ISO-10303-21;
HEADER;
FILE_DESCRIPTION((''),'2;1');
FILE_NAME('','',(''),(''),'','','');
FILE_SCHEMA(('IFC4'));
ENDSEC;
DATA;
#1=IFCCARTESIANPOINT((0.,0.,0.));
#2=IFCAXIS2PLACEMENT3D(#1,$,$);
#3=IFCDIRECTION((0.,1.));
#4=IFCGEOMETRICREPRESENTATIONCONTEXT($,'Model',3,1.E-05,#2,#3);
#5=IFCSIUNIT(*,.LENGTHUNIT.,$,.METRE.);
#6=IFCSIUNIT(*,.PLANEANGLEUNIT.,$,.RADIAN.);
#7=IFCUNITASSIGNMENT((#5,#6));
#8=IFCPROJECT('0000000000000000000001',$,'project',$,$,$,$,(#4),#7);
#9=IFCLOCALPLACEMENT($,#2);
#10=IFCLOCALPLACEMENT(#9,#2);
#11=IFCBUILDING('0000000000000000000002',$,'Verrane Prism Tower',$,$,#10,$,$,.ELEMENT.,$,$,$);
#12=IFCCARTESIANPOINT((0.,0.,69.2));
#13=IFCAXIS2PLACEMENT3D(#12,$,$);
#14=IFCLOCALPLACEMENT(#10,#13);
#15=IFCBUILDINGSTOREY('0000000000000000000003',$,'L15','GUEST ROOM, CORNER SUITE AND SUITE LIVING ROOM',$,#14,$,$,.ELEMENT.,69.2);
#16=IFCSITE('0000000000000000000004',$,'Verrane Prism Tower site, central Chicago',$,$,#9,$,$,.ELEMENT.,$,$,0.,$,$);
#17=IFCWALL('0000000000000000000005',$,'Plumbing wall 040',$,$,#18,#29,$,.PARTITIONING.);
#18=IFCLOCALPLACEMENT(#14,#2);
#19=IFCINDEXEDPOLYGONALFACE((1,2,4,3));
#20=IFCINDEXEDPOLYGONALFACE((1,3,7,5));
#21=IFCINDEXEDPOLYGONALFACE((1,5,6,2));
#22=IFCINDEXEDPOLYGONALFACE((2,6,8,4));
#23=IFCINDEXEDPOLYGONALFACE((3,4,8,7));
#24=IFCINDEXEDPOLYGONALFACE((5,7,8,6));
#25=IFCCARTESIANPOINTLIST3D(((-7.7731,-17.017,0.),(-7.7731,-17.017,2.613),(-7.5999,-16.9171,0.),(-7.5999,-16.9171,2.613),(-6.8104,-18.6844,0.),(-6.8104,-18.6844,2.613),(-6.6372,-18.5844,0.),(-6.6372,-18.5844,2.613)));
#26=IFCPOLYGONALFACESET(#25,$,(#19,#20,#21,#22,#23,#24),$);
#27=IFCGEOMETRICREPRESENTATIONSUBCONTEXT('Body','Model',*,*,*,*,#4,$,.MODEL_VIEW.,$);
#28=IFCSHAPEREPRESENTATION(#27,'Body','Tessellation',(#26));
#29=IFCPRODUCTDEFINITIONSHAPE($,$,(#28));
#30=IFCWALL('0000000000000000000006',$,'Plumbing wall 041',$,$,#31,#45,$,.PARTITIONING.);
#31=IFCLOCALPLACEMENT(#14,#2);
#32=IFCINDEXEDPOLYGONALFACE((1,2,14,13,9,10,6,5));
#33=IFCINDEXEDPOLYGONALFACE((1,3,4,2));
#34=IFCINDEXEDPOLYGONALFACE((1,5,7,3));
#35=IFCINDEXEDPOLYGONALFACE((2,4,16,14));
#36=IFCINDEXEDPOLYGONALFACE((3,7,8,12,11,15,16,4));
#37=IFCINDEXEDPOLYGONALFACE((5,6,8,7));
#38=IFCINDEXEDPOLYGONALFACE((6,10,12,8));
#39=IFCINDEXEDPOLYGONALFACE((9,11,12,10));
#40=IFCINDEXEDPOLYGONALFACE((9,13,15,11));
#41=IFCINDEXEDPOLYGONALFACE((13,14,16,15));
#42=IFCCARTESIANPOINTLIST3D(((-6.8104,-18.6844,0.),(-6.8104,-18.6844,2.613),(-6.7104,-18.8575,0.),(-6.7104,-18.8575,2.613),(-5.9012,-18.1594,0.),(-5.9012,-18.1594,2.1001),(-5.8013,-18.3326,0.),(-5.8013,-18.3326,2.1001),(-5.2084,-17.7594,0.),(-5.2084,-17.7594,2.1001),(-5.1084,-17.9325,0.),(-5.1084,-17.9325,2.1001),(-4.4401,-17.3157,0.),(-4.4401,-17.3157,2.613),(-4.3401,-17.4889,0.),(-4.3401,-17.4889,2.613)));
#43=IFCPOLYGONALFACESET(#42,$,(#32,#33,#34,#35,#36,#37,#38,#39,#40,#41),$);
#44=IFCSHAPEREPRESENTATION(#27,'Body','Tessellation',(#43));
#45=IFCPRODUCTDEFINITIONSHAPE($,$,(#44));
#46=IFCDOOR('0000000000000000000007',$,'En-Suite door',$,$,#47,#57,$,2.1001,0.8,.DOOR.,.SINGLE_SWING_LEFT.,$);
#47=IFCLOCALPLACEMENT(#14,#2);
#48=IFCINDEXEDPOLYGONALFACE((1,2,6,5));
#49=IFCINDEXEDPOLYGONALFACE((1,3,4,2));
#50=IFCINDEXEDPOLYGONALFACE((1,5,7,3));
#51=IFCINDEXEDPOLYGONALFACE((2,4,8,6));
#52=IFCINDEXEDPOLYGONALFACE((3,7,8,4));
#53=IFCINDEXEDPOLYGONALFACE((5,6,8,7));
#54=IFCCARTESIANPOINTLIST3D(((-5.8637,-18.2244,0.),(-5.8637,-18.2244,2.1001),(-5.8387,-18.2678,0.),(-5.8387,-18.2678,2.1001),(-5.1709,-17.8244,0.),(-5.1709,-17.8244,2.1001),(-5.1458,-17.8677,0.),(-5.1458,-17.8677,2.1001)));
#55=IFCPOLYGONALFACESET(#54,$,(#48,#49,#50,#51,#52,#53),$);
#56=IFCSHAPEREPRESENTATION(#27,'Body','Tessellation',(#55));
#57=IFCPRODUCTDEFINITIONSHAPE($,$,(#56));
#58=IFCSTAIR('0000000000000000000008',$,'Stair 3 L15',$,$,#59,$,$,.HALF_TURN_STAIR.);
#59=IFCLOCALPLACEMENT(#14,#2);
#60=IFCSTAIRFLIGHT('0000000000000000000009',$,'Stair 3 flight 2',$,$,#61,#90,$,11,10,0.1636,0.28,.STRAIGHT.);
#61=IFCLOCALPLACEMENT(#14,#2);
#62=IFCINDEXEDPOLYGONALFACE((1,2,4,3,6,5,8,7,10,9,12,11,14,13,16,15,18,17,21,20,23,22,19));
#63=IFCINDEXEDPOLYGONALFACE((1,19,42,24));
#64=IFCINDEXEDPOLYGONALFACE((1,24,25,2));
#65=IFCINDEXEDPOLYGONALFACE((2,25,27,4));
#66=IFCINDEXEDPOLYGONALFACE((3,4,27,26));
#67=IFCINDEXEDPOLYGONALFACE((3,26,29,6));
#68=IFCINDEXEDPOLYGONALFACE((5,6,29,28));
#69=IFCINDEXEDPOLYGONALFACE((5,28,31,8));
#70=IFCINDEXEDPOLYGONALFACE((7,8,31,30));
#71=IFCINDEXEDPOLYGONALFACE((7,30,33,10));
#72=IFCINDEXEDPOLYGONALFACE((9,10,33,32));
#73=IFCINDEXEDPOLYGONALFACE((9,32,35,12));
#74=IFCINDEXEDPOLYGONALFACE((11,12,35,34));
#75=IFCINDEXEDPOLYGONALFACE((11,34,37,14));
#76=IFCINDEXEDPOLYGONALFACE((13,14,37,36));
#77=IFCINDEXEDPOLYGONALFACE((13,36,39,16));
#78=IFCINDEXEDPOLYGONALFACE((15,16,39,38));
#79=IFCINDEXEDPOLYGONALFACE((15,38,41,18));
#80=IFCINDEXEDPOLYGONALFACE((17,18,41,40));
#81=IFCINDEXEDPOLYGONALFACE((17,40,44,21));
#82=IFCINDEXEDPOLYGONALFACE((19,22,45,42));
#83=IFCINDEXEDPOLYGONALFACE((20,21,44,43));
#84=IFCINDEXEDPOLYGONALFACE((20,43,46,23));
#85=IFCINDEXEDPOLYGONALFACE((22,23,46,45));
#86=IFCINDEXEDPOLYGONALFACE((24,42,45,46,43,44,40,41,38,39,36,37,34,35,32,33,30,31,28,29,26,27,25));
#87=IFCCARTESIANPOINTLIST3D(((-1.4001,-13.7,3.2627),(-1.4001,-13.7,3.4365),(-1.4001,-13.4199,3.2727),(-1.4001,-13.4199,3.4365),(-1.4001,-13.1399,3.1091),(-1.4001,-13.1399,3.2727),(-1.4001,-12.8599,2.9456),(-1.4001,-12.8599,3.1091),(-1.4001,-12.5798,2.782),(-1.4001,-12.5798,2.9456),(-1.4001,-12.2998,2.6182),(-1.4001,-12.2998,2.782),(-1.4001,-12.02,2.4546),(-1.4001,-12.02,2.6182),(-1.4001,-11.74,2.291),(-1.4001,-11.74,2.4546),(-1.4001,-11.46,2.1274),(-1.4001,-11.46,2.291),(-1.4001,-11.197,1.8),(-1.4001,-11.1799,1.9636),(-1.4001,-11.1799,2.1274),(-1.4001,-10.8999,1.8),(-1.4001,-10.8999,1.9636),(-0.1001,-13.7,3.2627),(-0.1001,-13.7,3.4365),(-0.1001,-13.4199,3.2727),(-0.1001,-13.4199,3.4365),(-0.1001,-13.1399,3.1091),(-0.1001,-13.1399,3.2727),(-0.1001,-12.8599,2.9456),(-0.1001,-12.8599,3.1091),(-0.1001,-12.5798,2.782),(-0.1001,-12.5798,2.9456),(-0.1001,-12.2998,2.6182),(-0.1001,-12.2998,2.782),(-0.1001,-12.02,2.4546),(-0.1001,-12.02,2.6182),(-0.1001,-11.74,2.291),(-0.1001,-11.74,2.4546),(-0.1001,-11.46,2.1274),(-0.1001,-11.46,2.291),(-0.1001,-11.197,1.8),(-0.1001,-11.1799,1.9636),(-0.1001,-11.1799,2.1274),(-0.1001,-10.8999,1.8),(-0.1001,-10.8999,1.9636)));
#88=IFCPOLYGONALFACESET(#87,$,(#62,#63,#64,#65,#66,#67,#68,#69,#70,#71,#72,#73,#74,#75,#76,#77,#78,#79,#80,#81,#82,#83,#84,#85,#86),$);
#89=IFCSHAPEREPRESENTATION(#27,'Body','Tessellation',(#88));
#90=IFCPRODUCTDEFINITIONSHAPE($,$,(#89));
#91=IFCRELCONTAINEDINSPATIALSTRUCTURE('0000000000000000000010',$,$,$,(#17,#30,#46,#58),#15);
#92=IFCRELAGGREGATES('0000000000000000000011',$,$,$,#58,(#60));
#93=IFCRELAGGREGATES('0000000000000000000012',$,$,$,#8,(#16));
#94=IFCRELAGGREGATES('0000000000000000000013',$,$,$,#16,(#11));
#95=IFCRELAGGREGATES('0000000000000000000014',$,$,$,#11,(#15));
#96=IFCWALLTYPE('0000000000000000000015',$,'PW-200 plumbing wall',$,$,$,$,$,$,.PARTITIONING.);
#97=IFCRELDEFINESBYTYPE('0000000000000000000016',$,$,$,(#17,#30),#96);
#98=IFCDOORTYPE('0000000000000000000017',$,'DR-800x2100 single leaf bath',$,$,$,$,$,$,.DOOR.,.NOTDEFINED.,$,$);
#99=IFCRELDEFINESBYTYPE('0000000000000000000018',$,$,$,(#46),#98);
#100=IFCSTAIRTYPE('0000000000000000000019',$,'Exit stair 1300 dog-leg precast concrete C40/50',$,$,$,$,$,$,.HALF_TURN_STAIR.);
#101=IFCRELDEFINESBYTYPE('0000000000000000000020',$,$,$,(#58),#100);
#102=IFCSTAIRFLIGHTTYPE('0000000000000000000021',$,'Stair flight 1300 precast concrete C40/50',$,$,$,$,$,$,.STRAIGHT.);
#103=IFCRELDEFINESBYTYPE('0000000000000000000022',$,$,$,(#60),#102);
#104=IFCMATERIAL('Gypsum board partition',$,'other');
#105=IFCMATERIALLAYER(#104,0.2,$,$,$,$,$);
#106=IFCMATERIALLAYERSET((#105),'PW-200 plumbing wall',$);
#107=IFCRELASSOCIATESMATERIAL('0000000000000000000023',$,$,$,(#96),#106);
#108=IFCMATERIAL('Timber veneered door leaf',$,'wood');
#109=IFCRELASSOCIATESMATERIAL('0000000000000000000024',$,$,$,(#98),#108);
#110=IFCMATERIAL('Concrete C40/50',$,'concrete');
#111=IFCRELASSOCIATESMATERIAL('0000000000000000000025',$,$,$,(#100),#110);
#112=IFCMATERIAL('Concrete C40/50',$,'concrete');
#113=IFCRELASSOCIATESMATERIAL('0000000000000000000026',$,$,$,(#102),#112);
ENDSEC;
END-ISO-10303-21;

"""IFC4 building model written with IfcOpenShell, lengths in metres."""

from ifc_helpers import new_model, si_unit, direction, frame, frame_2d, origin, place, context, subcontext, project, spatial, polyline, rectangle, outline, extrude, material, layer, layer_set, type_object, element, fill, aggregate, save


model = new_model("IFC4")

# Units and contexts
model_context = context("Model", 3, precision=1e-05, world=origin(), true_north=direction((0.0, 1.0)))
body_context = subcontext(model_context, "Body", "Model", "MODEL_VIEW")
ifc_project = project(units=[si_unit("LENGTHUNIT", "METRE"), si_unit("PLANEANGLEUNIT", "RADIAN")], contexts=[model_context])

# Site, building, storey
site_placement = place(None, origin())
site = spatial("IfcSite", under=ifc_project, at=site_placement, Name="Verrane Prism Tower site, central Chicago", CompositionType="ELEMENT", RefElevation=0.0)
building_placement = place(site_placement, origin())
building = spatial("IfcBuilding", under=site, at=building_placement, Name="Verrane Prism Tower", CompositionType="ELEMENT")
storey_placement = place(building_placement, frame((0.0, 0.0, 69.2)))
storey = spatial("IfcBuildingStorey", under=building, at=storey_placement, Name="L15", Description="GUEST ROOM, CORNER SUITE AND SUITE LIVING ROOM", CompositionType="ELEMENT", Elevation=69.2)

# Shared definitions
ifc_material_1 = material(Name="Gypsum board partition", Category="other")
ifc_layer_1 = layer(ifc_material_1, 0.2)
ifc_layer_set_1 = layer_set([ifc_layer_1], Name="PW-200 plumbing wall")
wall_type_1 = type_object("IfcWallType", Name="PW-200 plumbing wall", PredefinedType="PARTITIONING", material=ifc_layer_set_1)

# Shared definitions
ifc_material_2 = material(Name="Timber veneered door leaf", Category="wood")
door_type_1 = type_object("IfcDoorType", Name="DR-800x2100 single leaf bath", OperationType="NOTDEFINED", PredefinedType="DOOR", material=ifc_material_2)

# Wall
wall_1_placement = place(storey_placement, frame((-7.6865, -16.967, 0.0), z_axis=(0.0, 0.0, 1.0), x_axis=(0.500026, -0.86601, 0.0)))
element("IfcWall", 1, at=wall_1_placement, inside=storey, type_object=wall_type_1, Name="Plumbing wall 040", PredefinedType="PARTITIONING", context=body_context, shape_type="SweptSolid", body=[
    extrude(rectangle(XDim=1.9253, YDim=0.2, at=frame_2d((0.9626, 0.0))), origin(), (0.0, 0.0, 1.0), 2.613),
])

# Wall, opening, door
wall_2_placement = place(storey_placement, frame((-6.7605, -18.771, 0.0), z_axis=(0.0, 0.0, 1.0), x_axis=(0.866006, 0.500034, 0.0)))
wall_2 = element("IfcWall", 2, at=wall_2_placement, inside=storey, type_object=wall_type_1, Name="Plumbing wall 041", PredefinedType="PARTITIONING", context=body_context, shape_type="SweptSolid", body=[
    extrude(rectangle(XDim=2.7371, YDim=0.2, at=frame_2d((1.3687, 0.0))), origin(), (0.0, 0.0, 1.0), 2.613),
])
opening_1_placement = place(wall_2_placement, frame((1.05, 0.0, 0.0)))
opening_1 = element("IfcOpeningElement", 3, at=opening_1_placement, cuts=wall_2, PredefinedType="OPENING", context=body_context, shape_type="SweptSolid", body=[
    extrude(rectangle(XDim=0.8, YDim=2.1001, at=frame_2d((0.3999, 1.05))), frame((0.0, 0.1099, 0.0), z_axis=(0.0, -1.0, 0.0), x_axis=(1.0, 0.0, 0.0)), (0.0, 0.0, 1.0), 0.22),
])
door_1_placement = place(opening_1_placement, origin())
door_1 = element("IfcDoor", 4, at=door_1_placement, inside=storey, type_object=door_type_1, Name="En-Suite door", OperationType="SINGLE_SWING_LEFT", OverallHeight=2.1001, OverallWidth=0.8, PredefinedType="DOOR", context=body_context, shape_type="SweptSolid", body=[
    extrude(rectangle(XDim=0.8, YDim=2.1001, at=frame_2d((0.3999, 1.05))), frame((0.0, 0.0249, 0.0), z_axis=(0.0, -1.0, 0.0), x_axis=(1.0, 0.0, 0.0)), (0.0, 0.0, 1.0), 0.05),
])
fill(opening_1, door_1)

# Stair, stair flight
ifc_material_3 = material(Name="Concrete C40/50", Category="concrete")
stair_type = type_object("IfcStairType", Name="Exit stair 1300 dog-leg precast concrete C40/50", PredefinedType="HALF_TURN_STAIR", material=ifc_material_3)
stair_placement = place(storey_placement, origin())
stair = element("IfcStair", 5, at=stair_placement, inside=storey, type_object=stair_type, Name="Stair 3 L15", PredefinedType="HALF_TURN_STAIR")
ifc_material_4 = material(Name="Concrete C40/50", Category="concrete")
stair_flight_type = type_object("IfcStairFlightType", Name="Stair flight 1300 precast concrete C40/50", PredefinedType="STRAIGHT", material=ifc_material_4)
stair_flight_placement = place(storey_placement, frame((-0.75, -10.8999, 1.8), z_axis=(0.0, 0.0, 1.0), x_axis=(0.0, -1.0, 0.0)))
stair_flight = element("IfcStairFlight", 6, at=stair_flight_placement, type_object=stair_flight_type, Name="Stair 3 flight 2", NumberOfRisers=11, NumberOfTreads=10, PredefinedType="STRAIGHT", RiserHeight=0.1636, TreadLength=0.28, context=body_context, shape_type="SweptSolid", body=[
    extrude(outline(polyline([(0.0, 0.0), (0.0, 0.1636), (0.28, 0.1636), (0.28, 0.3274), (0.5601, 0.3274), (0.5601, 0.491), (0.8401, 0.491), (0.8401, 0.6545), (1.1201, 0.6545), (1.1201, 0.8181), (1.3999, 0.8181), (1.3999, 0.9819), (1.6799, 0.9819), (1.6799, 1.1455), (1.96, 1.1455), (1.96, 1.3091), (2.24, 1.3091), (2.24, 1.4727), (2.52, 1.4727), (2.52, 1.6365), (2.8, 1.6365), (2.8, 1.8), (2.8, 1.4626), (0.2971, 0.0), (0.0, 0.0)])), frame((0.0, 0.6499, 0.0), z_axis=(0.0, -1.0, 0.0), x_axis=(1.0, 0.0, 0.0)), (0.0, 0.0, 1.0), 1.3),
])
aggregate(stair, [stair_flight])

save(model, "model.ifc")
